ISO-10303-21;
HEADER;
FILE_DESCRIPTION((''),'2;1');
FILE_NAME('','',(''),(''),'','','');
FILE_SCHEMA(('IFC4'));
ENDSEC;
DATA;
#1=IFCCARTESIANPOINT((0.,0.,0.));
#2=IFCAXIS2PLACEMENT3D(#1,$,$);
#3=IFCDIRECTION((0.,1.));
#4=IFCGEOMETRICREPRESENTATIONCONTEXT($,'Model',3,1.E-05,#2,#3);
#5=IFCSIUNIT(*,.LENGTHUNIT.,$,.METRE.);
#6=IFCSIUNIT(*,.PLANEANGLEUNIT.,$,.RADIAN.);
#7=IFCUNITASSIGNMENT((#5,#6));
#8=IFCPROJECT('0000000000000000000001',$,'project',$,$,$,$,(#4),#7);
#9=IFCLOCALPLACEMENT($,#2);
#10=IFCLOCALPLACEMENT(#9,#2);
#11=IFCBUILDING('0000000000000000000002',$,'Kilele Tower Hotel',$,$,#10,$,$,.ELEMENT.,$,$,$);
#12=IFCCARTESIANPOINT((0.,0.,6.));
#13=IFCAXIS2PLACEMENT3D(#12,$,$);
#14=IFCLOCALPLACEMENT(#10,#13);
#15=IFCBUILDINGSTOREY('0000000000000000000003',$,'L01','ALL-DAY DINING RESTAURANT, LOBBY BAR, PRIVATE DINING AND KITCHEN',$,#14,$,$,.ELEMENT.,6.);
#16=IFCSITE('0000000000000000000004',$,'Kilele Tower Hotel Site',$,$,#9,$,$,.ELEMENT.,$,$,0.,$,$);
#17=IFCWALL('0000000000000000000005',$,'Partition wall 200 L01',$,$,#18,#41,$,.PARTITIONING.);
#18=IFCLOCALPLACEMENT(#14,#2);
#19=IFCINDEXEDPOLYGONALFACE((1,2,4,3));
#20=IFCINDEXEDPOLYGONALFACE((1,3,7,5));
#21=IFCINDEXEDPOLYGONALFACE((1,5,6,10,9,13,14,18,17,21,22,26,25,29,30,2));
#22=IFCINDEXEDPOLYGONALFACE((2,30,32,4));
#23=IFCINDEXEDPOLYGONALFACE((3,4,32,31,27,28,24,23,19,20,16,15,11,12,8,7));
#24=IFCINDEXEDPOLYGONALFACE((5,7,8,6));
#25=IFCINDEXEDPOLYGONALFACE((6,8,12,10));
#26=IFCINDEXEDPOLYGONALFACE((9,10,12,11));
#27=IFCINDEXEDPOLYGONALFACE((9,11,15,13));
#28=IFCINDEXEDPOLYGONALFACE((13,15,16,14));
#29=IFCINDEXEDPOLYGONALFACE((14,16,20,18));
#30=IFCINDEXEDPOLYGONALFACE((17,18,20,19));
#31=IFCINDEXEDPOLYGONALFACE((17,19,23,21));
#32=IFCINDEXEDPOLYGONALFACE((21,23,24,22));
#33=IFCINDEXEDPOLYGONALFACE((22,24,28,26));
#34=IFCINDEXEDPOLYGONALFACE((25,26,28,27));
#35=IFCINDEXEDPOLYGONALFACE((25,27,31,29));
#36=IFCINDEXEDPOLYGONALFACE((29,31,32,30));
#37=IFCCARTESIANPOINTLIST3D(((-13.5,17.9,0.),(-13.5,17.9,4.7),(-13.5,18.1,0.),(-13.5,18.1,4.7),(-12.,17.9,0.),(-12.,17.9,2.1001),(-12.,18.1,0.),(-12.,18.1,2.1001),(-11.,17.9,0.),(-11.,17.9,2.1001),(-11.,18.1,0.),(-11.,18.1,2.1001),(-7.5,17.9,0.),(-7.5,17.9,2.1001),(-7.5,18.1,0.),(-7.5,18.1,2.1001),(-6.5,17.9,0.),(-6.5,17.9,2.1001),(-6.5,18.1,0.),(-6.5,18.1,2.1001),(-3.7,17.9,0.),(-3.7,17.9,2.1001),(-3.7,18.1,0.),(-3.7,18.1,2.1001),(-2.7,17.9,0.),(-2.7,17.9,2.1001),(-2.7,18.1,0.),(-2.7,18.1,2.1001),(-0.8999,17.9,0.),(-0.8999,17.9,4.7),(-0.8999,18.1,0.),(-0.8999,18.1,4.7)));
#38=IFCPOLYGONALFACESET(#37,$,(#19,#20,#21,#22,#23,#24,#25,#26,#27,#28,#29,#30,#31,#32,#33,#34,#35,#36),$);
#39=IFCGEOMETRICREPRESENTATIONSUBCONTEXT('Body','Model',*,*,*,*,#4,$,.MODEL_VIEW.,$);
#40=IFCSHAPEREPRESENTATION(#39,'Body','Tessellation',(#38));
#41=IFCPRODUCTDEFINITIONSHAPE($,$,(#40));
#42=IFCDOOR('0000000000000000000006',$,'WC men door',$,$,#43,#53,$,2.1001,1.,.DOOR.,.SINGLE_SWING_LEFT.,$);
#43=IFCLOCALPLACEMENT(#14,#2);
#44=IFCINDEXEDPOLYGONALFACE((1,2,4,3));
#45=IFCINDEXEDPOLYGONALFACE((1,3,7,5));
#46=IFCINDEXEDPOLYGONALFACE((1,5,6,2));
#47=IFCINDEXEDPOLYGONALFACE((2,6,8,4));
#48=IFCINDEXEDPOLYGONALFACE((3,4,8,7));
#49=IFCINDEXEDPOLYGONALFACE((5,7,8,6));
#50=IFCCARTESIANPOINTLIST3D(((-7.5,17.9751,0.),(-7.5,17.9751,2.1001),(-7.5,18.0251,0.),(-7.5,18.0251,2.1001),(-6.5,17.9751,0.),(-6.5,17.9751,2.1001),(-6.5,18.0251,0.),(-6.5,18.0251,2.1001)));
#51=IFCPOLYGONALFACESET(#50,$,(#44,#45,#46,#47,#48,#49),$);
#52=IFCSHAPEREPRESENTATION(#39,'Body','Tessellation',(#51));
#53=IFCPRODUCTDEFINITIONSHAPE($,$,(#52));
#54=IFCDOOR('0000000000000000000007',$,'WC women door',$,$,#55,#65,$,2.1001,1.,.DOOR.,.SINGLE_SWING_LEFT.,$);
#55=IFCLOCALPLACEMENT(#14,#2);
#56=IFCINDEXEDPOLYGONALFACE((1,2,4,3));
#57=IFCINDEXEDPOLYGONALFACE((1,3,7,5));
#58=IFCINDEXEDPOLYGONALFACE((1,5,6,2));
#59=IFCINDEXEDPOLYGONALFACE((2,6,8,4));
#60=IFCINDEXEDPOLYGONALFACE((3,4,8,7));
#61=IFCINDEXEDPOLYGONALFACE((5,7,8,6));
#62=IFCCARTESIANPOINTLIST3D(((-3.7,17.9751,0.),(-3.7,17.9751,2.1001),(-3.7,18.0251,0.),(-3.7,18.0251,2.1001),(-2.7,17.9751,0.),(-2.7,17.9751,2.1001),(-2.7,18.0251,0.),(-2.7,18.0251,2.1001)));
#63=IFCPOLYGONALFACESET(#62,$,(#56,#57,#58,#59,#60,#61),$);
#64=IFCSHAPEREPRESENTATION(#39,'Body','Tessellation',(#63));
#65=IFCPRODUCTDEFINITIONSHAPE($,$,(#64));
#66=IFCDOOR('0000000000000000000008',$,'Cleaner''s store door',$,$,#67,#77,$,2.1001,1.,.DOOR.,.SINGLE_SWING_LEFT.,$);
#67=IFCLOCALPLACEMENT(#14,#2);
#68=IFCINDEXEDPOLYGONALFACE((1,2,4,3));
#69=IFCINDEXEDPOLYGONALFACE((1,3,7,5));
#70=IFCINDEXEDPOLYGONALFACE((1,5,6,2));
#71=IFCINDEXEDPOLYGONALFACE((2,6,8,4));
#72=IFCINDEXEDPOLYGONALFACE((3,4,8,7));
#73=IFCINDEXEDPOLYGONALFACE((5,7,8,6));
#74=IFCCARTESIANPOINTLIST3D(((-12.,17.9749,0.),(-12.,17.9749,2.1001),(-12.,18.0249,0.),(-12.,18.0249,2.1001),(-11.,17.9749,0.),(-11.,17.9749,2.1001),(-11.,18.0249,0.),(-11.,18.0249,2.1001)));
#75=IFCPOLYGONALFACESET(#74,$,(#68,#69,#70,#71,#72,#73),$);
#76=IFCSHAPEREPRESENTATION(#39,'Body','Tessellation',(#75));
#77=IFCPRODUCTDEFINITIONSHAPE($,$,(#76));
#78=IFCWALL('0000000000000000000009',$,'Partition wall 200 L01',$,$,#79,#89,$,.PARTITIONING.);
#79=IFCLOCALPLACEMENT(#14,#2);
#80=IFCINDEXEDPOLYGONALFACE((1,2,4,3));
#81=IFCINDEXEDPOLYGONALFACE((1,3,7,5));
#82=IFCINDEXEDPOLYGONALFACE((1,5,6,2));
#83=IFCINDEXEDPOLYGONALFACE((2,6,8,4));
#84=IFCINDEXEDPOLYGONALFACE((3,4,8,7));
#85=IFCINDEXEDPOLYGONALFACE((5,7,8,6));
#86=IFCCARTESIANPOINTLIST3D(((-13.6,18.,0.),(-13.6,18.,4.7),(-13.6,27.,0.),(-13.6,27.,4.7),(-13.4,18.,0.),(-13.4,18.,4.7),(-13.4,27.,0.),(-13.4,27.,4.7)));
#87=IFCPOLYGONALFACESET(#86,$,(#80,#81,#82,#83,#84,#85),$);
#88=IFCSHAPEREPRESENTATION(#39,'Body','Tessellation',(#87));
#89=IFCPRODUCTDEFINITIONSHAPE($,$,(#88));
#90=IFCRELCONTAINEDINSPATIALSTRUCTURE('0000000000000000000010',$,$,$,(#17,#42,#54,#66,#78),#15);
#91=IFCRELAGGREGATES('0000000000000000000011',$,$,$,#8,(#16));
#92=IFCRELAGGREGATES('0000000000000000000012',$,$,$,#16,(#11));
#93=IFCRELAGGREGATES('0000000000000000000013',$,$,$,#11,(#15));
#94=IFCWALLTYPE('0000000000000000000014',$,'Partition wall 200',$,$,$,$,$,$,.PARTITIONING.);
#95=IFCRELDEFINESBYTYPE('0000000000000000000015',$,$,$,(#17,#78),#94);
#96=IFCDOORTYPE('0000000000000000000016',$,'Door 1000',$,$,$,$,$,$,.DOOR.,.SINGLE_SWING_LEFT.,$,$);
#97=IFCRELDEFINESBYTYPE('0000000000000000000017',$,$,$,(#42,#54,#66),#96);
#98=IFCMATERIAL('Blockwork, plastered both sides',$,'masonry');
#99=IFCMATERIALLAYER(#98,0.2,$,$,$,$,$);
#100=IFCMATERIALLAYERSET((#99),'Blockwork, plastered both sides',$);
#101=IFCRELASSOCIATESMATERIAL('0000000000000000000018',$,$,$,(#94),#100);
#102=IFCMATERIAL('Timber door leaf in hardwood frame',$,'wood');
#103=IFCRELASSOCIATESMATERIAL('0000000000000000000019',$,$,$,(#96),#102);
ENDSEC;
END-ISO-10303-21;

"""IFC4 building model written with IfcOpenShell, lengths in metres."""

from ifc_helpers import new_model, si_unit, direction, frame, frame_2d, origin, place, context, subcontext, project, spatial, rectangle, extrude, material, layer, layer_set, type_object, element, fill, save


model = new_model("IFC4")

# Units and contexts
model_context = context("Model", 3, precision=1e-05, world=origin(), true_north=direction((0.0, 1.0)))
body_context = subcontext(model_context, "Body", "Model", "MODEL_VIEW")
ifc_project = project(units=[si_unit("LENGTHUNIT", "METRE"), si_unit("PLANEANGLEUNIT", "RADIAN")], contexts=[model_context])

# Site, building, storey
site_placement = place(None, origin())
site = spatial("IfcSite", under=ifc_project, at=site_placement, Name="Kilele Tower Hotel Site", CompositionType="ELEMENT", RefElevation=0.0)
building_placement = place(site_placement, origin())
building = spatial("IfcBuilding", under=site, at=building_placement, Name="Kilele Tower Hotel", CompositionType="ELEMENT")
storey_placement = place(building_placement, frame((0.0, 0.0, 6.0)))
storey = spatial("IfcBuildingStorey", under=building, at=storey_placement, Name="L01", Description="ALL-DAY DINING RESTAURANT, LOBBY BAR, PRIVATE DINING AND KITCHEN", CompositionType="ELEMENT", Elevation=6.0)

# Wall, openings, doors
ifc_material_1 = material(Name="Blockwork, plastered both sides", Category="masonry")
ifc_layer_1 = layer(ifc_material_1, 0.2)
ifc_layer_set_1 = layer_set([ifc_layer_1], Name="Blockwork, plastered both sides")
wall_type = type_object("IfcWallType", Name="Partition wall 200", PredefinedType="PARTITIONING", material=ifc_layer_set_1)
wall_1_placement = place(storey_placement, frame((-13.5, 18.0, 0.0), z_axis=(0.0, 0.0, 1.0), x_axis=(1.0, 0.0, 0.0)))
wall_1 = element("IfcWall", 1, at=wall_1_placement, inside=storey, type_object=wall_type, Name="Partition wall 200 L01", PredefinedType="PARTITIONING", context=body_context, shape_type="SweptSolid", body=[
    extrude(rectangle(XDim=12.6001, YDim=0.2, at=frame_2d((6.3, 0.0))), origin(), (0.0, 0.0, 1.0), 4.7),
])
opening_1_placement = place(wall_1_placement, frame((7.0, 0.0, 0.0), z_axis=(0.0, 0.0, 1.0), x_axis=(-1.0, 0.0, 0.0)))
opening_1 = element("IfcOpeningElement", 2, at=opening_1_placement, cuts=wall_1, PredefinedType="OPENING", context=body_context, shape_type="SweptSolid", body=[
    extrude(rectangle(XDim=1.0, YDim=2.1001, at=frame_2d((0.5, 1.05))), frame((0.0, 0.1099, 0.0), z_axis=(0.0, -1.0, 0.0), x_axis=(1.0, 0.0, 0.0)), (0.0, 0.0, 1.0), 0.22),
])
opening_2_placement = place(wall_1_placement, frame((10.8, 0.0, 0.0), z_axis=(0.0, 0.0, 1.0), x_axis=(-1.0, 0.0, 0.0)))
opening_2 = element("IfcOpeningElement", 3, at=opening_2_placement, cuts=wall_1, PredefinedType="OPENING", context=body_context, shape_type="SweptSolid", body=[
    extrude(rectangle(XDim=1.0, YDim=2.1001, at=frame_2d((0.5, 1.05))), frame((0.0, 0.1099, 0.0), z_axis=(0.0, -1.0, 0.0), x_axis=(1.0, 0.0, 0.0)), (0.0, 0.0, 1.0), 0.22),
])
opening_3_placement = place(wall_1_placement, frame((1.5, 0.0, 0.0)))
opening_3 = element("IfcOpeningElement", 4, at=opening_3_placement, cuts=wall_1, PredefinedType="OPENING", context=body_context, shape_type="SweptSolid", body=[
    extrude(rectangle(XDim=1.0, YDim=2.1001, at=frame_2d((0.5, 1.05))), frame((0.0, 0.1099, 0.0), z_axis=(0.0, -1.0, 0.0), x_axis=(1.0, 0.0, 0.0)), (0.0, 0.0, 1.0), 0.22),
])
ifc_material_2 = material(Name="Timber door leaf in hardwood frame", Category="wood")
door_type_1 = type_object("IfcDoorType", Name="Door 1000", OperationType="SINGLE_SWING_LEFT", PredefinedType="DOOR", material=ifc_material_2)
door_1_placement = place(opening_1_placement, origin())
door_1 = element("IfcDoor", 5, at=door_1_placement, inside=storey, type_object=door_type_1, Name="WC men door", OperationType="SINGLE_SWING_LEFT", OverallHeight=2.1001, OverallWidth=1.0, PredefinedType="DOOR", context=body_context, shape_type="SweptSolid", body=[
    extrude(rectangle(XDim=1.0, YDim=2.1001, at=frame_2d((0.5, 1.05))), frame((0.0, 0.0249, 0.0), z_axis=(0.0, -1.0, 0.0), x_axis=(1.0, 0.0, 0.0)), (0.0, 0.0, 1.0), 0.05),
])
fill(opening_1, door_1)
door_2_placement = place(opening_2_placement, origin())
door_2 = element("IfcDoor", 6, at=door_2_placement, inside=storey, type_object=door_type_1, Name="WC women door", OperationType="SINGLE_SWING_LEFT", OverallHeight=2.1001, OverallWidth=1.0, PredefinedType="DOOR", context=body_context, shape_type="SweptSolid", body=[
    extrude(rectangle(XDim=1.0, YDim=2.1001, at=frame_2d((0.5, 1.05))), frame((0.0, 0.0249, 0.0), z_axis=(0.0, -1.0, 0.0), x_axis=(1.0, 0.0, 0.0)), (0.0, 0.0, 1.0), 0.05),
])
fill(opening_2, door_2)
door_3_placement = place(opening_3_placement, origin())
door_3 = element("IfcDoor", 7, at=door_3_placement, inside=storey, type_object=door_type_1, Name="Cleaner's store door", OperationType="SINGLE_SWING_LEFT", OverallHeight=2.1001, OverallWidth=1.0, PredefinedType="DOOR", context=body_context, shape_type="SweptSolid", body=[
    extrude(rectangle(XDim=1.0, YDim=2.1001, at=frame_2d((0.5, 1.05))), frame((0.0, 0.0249, 0.0), z_axis=(0.0, -1.0, 0.0), x_axis=(1.0, 0.0, 0.0)), (0.0, 0.0, 1.0), 0.05),
])
fill(opening_3, door_3)

# Wall
wall_2_placement = place(storey_placement, frame((-13.5, 18.0, 0.0), z_axis=(0.0, 0.0, 1.0), x_axis=(0.0, 1.0, 0.0)))
element("IfcWall", 8, at=wall_2_placement, inside=storey, type_object=wall_type, Name="Partition wall 200 L01", PredefinedType="PARTITIONING", context=body_context, shape_type="SweptSolid", body=[
    extrude(rectangle(XDim=9.0, YDim=0.2, at=frame_2d((4.5, 0.0))), origin(), (0.0, 0.0, 1.0), 4.7),
])

save(model, "model.ifc")
